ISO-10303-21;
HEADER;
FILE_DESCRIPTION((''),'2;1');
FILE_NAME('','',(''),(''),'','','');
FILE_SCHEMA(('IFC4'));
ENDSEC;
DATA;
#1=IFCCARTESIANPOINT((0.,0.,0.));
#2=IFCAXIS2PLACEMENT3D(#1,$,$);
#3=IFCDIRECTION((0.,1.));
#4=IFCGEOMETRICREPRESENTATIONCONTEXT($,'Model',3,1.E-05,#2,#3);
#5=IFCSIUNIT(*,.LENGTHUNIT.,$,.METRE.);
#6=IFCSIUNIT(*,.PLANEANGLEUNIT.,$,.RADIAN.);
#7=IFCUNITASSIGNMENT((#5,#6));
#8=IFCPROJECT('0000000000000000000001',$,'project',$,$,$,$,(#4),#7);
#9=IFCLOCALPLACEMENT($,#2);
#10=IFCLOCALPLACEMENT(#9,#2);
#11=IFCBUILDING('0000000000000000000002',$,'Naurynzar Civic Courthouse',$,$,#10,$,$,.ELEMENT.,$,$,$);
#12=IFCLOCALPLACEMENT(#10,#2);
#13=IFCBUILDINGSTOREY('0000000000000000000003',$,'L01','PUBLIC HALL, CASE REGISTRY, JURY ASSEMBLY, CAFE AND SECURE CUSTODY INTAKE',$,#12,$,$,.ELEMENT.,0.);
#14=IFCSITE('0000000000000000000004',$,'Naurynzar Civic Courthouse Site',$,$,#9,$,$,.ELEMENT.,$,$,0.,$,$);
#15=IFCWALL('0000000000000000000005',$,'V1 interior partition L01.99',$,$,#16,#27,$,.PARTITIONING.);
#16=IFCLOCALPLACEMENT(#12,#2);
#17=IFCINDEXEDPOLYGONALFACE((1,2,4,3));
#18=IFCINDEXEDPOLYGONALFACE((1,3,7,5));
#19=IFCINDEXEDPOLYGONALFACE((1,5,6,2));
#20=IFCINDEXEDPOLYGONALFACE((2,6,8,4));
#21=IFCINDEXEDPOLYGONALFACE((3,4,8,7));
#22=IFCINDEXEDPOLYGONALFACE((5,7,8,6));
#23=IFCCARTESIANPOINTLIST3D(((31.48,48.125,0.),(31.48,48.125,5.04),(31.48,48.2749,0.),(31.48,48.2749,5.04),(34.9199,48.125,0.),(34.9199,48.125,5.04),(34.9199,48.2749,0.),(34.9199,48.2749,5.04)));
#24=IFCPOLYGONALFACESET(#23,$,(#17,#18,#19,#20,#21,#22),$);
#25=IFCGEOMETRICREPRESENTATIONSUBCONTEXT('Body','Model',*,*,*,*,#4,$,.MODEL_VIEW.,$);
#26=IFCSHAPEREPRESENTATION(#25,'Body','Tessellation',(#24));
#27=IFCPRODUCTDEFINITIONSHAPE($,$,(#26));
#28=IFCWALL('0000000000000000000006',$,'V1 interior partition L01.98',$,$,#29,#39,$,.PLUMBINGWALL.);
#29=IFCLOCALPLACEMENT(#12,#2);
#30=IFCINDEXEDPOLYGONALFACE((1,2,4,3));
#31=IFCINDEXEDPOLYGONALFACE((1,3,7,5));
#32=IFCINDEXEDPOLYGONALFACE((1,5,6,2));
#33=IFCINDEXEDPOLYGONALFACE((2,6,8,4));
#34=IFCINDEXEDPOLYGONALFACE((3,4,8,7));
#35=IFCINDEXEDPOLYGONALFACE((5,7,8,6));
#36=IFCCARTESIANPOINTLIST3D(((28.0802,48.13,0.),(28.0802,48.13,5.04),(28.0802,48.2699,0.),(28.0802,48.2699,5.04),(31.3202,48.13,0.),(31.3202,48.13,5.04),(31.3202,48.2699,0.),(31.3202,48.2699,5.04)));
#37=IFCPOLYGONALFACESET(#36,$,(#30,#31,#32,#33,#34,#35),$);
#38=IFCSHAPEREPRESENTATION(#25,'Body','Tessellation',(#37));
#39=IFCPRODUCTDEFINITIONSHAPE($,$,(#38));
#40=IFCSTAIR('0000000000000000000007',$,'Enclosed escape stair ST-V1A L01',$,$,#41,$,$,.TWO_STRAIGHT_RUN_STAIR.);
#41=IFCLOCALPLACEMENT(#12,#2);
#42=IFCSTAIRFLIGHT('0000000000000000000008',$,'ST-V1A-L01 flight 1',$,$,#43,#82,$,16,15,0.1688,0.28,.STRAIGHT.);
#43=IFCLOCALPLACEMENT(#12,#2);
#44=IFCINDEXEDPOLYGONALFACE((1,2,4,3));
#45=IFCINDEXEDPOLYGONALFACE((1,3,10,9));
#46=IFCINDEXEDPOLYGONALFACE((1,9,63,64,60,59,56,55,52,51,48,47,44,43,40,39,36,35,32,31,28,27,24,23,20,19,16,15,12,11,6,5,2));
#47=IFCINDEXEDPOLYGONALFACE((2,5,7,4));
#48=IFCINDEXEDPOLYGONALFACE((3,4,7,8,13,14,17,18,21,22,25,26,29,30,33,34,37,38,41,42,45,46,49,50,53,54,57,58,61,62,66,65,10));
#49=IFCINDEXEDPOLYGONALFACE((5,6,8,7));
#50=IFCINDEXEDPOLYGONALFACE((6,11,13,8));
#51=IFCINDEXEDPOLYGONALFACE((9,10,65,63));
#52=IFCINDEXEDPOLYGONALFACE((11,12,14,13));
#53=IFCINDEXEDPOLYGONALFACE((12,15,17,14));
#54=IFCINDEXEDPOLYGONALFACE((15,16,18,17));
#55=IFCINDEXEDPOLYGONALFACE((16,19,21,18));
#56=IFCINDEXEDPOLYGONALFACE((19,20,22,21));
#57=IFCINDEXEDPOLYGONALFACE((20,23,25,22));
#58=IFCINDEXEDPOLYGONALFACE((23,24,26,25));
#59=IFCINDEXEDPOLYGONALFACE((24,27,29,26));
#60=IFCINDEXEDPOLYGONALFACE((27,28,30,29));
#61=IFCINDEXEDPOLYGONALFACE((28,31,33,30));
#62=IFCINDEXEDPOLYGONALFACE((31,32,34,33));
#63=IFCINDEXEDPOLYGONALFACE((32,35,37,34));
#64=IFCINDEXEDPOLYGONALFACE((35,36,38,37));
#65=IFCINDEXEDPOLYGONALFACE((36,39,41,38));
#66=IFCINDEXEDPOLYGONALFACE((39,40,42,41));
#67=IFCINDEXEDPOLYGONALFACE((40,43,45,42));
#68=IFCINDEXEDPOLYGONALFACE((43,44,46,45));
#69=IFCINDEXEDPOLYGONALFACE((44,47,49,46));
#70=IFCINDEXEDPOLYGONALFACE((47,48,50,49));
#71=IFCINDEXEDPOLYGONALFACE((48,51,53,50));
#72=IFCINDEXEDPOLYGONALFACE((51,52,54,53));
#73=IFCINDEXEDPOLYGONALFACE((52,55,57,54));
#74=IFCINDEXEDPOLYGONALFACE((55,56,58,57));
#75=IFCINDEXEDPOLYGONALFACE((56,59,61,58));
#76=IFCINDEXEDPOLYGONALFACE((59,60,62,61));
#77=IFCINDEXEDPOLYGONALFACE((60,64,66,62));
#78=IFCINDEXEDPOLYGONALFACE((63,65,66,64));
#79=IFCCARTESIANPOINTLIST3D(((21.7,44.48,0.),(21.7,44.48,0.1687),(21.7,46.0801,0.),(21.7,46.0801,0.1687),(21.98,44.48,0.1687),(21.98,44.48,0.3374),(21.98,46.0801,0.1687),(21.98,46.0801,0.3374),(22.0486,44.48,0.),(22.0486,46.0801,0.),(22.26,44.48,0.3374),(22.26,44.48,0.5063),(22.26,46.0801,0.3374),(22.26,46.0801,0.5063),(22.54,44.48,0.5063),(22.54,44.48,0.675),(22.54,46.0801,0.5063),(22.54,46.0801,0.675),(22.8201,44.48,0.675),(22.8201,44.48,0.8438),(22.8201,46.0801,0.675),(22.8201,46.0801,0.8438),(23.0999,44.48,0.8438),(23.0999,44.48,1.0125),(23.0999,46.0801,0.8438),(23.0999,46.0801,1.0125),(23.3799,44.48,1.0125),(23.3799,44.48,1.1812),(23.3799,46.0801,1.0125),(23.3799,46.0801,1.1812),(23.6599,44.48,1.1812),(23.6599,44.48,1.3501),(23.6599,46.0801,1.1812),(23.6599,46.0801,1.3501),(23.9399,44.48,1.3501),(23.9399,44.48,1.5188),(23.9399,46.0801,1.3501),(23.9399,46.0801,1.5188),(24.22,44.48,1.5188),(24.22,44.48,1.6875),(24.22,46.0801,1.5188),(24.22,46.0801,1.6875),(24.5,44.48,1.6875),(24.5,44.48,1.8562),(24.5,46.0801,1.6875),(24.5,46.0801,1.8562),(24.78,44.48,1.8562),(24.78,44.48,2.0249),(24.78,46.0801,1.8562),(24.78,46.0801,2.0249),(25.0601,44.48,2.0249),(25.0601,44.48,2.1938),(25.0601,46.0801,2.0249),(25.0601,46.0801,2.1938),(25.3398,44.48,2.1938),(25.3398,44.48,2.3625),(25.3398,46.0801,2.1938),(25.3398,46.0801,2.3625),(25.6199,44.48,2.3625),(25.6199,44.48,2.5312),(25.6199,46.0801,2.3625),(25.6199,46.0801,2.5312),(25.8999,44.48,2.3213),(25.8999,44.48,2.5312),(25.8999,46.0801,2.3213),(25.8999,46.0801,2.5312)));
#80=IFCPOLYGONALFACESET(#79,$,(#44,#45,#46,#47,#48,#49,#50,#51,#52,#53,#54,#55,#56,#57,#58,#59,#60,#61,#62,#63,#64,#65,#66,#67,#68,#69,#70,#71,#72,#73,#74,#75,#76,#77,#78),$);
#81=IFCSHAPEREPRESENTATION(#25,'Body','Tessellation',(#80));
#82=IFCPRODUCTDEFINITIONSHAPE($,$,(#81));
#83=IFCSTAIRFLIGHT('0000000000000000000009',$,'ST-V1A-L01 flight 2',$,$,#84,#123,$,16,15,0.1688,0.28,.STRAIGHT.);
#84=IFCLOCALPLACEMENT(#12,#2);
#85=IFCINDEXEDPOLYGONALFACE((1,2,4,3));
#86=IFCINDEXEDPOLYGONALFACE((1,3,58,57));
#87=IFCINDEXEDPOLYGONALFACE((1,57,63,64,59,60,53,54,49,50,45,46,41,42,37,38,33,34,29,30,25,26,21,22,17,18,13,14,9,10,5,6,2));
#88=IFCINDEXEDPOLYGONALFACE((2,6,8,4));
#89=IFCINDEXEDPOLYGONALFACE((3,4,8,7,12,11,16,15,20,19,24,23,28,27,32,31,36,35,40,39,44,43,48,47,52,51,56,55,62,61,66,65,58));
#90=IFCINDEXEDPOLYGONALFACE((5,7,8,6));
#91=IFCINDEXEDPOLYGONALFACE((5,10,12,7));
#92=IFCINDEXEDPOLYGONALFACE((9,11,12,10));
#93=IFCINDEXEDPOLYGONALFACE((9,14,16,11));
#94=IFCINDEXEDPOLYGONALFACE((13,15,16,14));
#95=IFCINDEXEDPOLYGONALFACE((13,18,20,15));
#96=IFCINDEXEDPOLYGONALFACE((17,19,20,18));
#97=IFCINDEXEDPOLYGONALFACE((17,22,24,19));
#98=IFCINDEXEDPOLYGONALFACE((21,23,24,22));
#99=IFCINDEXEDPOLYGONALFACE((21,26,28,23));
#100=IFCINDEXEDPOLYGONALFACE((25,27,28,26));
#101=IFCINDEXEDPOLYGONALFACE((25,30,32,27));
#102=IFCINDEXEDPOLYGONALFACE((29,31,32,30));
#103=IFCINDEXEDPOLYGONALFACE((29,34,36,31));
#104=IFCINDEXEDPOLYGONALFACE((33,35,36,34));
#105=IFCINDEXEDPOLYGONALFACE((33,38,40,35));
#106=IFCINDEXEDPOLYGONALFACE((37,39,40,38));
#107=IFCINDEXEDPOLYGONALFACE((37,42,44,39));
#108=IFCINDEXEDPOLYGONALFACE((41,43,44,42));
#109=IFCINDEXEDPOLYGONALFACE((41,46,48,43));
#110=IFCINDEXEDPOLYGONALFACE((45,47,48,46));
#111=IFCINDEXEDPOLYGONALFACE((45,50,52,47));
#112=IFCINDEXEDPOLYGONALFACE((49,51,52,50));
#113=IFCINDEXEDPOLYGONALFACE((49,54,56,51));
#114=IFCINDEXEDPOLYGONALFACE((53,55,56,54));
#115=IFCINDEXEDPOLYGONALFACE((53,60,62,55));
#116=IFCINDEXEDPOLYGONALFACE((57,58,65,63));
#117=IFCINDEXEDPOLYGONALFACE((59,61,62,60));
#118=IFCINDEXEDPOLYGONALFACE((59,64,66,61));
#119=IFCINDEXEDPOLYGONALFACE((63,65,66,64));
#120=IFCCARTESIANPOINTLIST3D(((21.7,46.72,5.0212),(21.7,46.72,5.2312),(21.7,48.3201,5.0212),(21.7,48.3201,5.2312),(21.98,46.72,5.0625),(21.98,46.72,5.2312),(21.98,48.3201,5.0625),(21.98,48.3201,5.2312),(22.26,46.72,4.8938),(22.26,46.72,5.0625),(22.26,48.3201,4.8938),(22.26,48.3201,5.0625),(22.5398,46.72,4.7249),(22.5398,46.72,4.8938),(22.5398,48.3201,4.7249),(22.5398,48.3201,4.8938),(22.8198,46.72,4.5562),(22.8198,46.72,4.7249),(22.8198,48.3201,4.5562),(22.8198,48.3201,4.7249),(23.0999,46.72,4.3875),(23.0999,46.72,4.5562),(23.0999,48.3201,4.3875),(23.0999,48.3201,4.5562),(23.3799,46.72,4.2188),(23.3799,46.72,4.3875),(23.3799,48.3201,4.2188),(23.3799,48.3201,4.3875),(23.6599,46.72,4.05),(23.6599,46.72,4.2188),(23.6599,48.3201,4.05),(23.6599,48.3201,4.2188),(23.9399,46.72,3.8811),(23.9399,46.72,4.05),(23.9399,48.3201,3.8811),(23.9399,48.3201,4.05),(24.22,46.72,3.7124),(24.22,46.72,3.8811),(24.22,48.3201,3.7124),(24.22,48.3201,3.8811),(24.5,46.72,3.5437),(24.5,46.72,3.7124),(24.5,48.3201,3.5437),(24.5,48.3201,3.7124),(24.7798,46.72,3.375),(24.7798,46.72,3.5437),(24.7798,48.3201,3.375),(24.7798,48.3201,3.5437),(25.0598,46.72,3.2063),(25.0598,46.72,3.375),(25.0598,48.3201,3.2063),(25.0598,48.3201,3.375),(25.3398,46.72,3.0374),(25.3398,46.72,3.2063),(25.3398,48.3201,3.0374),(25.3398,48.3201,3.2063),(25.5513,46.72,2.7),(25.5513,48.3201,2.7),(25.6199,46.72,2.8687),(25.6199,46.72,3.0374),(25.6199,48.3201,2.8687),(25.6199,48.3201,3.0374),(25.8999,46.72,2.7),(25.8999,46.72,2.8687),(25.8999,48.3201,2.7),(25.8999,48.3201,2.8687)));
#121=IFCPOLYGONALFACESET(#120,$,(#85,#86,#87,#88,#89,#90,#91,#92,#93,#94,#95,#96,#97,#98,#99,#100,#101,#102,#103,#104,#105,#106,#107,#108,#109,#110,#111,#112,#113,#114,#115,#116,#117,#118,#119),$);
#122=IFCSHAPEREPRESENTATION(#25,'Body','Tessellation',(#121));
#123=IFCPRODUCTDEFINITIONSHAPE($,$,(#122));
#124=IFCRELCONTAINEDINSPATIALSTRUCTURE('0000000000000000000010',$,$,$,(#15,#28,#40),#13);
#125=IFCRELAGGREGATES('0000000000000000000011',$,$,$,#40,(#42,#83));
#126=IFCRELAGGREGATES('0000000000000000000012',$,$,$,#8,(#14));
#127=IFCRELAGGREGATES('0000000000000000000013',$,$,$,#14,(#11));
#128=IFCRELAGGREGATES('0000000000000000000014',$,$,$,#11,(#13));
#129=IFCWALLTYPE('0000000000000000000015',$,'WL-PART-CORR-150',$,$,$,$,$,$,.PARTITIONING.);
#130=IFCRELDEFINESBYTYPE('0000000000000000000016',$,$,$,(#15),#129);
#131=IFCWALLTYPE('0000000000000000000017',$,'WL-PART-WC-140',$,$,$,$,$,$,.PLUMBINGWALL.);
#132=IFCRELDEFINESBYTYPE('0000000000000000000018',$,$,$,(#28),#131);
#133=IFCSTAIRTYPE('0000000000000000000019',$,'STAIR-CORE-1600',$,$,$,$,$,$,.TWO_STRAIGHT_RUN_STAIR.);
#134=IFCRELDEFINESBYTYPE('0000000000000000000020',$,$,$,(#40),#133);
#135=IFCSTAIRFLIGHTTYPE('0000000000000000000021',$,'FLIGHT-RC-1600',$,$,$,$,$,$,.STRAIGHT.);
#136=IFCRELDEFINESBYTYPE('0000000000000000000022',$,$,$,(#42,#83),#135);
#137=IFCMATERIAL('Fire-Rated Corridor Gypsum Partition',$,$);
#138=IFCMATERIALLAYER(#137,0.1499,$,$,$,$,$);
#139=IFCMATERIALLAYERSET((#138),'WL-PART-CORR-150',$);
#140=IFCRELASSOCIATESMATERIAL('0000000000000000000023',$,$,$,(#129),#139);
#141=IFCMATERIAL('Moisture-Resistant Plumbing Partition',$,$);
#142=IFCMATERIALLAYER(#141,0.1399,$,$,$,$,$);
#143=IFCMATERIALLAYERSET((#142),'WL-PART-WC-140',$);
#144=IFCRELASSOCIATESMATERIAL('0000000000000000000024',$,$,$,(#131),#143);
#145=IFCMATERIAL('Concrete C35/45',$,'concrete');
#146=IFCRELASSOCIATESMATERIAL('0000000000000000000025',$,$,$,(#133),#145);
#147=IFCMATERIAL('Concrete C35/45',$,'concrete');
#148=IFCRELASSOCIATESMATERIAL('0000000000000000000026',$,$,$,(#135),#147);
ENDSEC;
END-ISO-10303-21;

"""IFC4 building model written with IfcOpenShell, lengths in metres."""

from ifc_helpers import new_model, si_unit, direction, frame, frame_2d, origin, place, context, subcontext, project, spatial, polyline, rectangle, outline, extrude, material, layer, layer_set, type_object, element, aggregate, save


model = new_model("IFC4")

# Units and contexts
model_context = context("Model", 3, precision=1e-05, world=origin(), true_north=direction((0.0, 1.0)))
body_context = subcontext(model_context, "Body", "Model", "MODEL_VIEW")
ifc_project = project(units=[si_unit("LENGTHUNIT", "METRE"), si_unit("PLANEANGLEUNIT", "RADIAN")], contexts=[model_context])

# Site, building, storey
site_placement = place(None, origin())
site = spatial("IfcSite", under=ifc_project, at=site_placement, Name="Naurynzar Civic Courthouse Site", CompositionType="ELEMENT", RefElevation=0.0)
building_placement = place(site_placement, origin())
building = spatial("IfcBuilding", under=site, at=building_placement, Name="Naurynzar Civic Courthouse", CompositionType="ELEMENT")
storey_placement = place(building_placement, origin())
storey = spatial("IfcBuildingStorey", under=building, at=storey_placement, Name="L01", Description="PUBLIC HALL, CASE REGISTRY, JURY ASSEMBLY, CAFE AND SECURE CUSTODY INTAKE", CompositionType="ELEMENT", Elevation=0.0)

# Walls
ifc_material_1 = material(Name="Fire-Rated Corridor Gypsum Partition")
ifc_layer_1 = layer(ifc_material_1, 0.1499)
ifc_layer_set_1 = layer_set([ifc_layer_1], Name="WL-PART-CORR-150")
wall_type_1 = type_object("IfcWallType", Name="WL-PART-CORR-150", PredefinedType="PARTITIONING", material=ifc_layer_set_1)
wall_1_placement = place(storey_placement, frame((31.48, 48.2, 0.0), z_axis=(0.0, 0.0, 1.0), x_axis=(1.0, 0.0, 0.0)))
element("IfcWall", 1, at=wall_1_placement, inside=storey, type_object=wall_type_1, Name="V1 interior partition L01.99", PredefinedType="PARTITIONING", context=body_context, shape_type="SweptSolid", body=[
    extrude(rectangle(XDim=3.4399, YDim=0.1499, at=frame_2d((1.72, 0.0))), origin(), (0.0, 0.0, 1.0), 5.04),
])
ifc_material_2 = material(Name="Moisture-Resistant Plumbing Partition")
ifc_layer_2 = layer(ifc_material_2, 0.1399)
ifc_layer_set_2 = layer_set([ifc_layer_2], Name="WL-PART-WC-140")
wall_type_2 = type_object("IfcWallType", Name="WL-PART-WC-140", PredefinedType="PLUMBINGWALL", material=ifc_layer_set_2)
wall_2_placement = place(storey_placement, frame((28.0801, 48.2, 0.0), z_axis=(0.0, 0.0, 1.0), x_axis=(1.0, 0.0, 0.0)))
element("IfcWall", 2, at=wall_2_placement, inside=storey, type_object=wall_type_2, Name="V1 interior partition L01.98", PredefinedType="PLUMBINGWALL", context=body_context, shape_type="SweptSolid", body=[
    extrude(rectangle(XDim=3.24, YDim=0.1399, at=frame_2d((1.6201, 0.0))), origin(), (0.0, 0.0, 1.0), 5.04),
])

# Stair, stair flights
ifc_material_3 = material(Name="Concrete C35/45", Category="concrete")
stair_type = type_object("IfcStairType", Name="STAIR-CORE-1600", PredefinedType="TWO_STRAIGHT_RUN_STAIR", material=ifc_material_3)
stair_placement = place(storey_placement, origin())
stair = element("IfcStair", 3, at=stair_placement, inside=storey, type_object=stair_type, Name="Enclosed escape stair ST-V1A L01", PredefinedType="TWO_STRAIGHT_RUN_STAIR")
ifc_material_4 = material(Name="Concrete C35/45", Category="concrete")
stair_flight_type = type_object("IfcStairFlightType", Name="FLIGHT-RC-1600", PredefinedType="STRAIGHT", material=ifc_material_4)
stair_flight_1_placement = place(storey_placement, frame((21.7, 45.28, 0.0), z_axis=(0.0, 0.0, 1.0), x_axis=(1.0, 0.0, 0.0)))
stair_flight_1 = element("IfcStairFlight", 4, at=stair_flight_1_placement, type_object=stair_flight_type, Name="ST-V1A-L01 flight 1", NumberOfRisers=16, NumberOfTreads=15, PredefinedType="STRAIGHT", RiserHeight=0.1688, TreadLength=0.28, context=body_context, shape_type="SweptSolid", body=[
    extrude(outline(polyline([(0.0, 0.0), (0.0, 0.1687), (0.28, 0.1687), (0.28, 0.3374), (0.5601, 0.3374), (0.5601, 0.5063), (0.8401, 0.5063), (0.8401, 0.675), (1.1201, 0.675), (1.1201, 0.8438), (1.3999, 0.8438), (1.3999, 1.0125), (1.6799, 1.0125), (1.6799, 1.1812), (1.96, 1.1812), (1.96, 1.3501), (2.24, 1.3501), (2.24, 1.5188), (2.52, 1.5188), (2.52, 1.6875), (2.8, 1.6875), (2.8, 1.8562), (3.0801, 1.8562), (3.0801, 2.0249), (3.3601, 2.0249), (3.3601, 2.1938), (3.6399, 2.1938), (3.6399, 2.3625), (3.9199, 2.3625), (3.9199, 2.5312), (4.2, 2.5312), (4.2, 2.7), (4.2, 2.3213), (0.3486, 0.0), (0.0, 0.0)])), frame((0.0, 0.8, 0.0), z_axis=(0.0, -1.0, 0.0), x_axis=(1.0, 0.0, 0.0)), (0.0, 0.0, 1.0), 1.6001),
])
stair_flight_2_placement = place(storey_placement, frame((25.8999, 47.52, 2.7), z_axis=(0.0, 0.0, 1.0), x_axis=(-1.0, 0.0, 0.0)))
stair_flight_2 = element("IfcStairFlight", 5, at=stair_flight_2_placement, type_object=stair_flight_type, Name="ST-V1A-L01 flight 2", NumberOfRisers=16, NumberOfTreads=15, PredefinedType="STRAIGHT", RiserHeight=0.1688, TreadLength=0.28, context=body_context, shape_type="SweptSolid", body=[
    extrude(outline(polyline([(0.0, 0.0), (0.0, 0.1687), (0.28, 0.1687), (0.28, 0.3374), (0.5601, 0.3374), (0.5601, 0.5063), (0.8401, 0.5063), (0.8401, 0.675), (1.1201, 0.675), (1.1201, 0.8438), (1.3999, 0.8438), (1.3999, 1.0125), (1.6799, 1.0125), (1.6799, 1.1812), (1.96, 1.1812), (1.96, 1.3501), (2.24, 1.3501), (2.24, 1.5188), (2.52, 1.5188), (2.52, 1.6875), (2.8, 1.6875), (2.8, 1.8562), (3.0801, 1.8562), (3.0801, 2.0249), (3.3601, 2.0249), (3.3601, 2.1938), (3.6399, 2.1938), (3.6399, 2.3625), (3.9199, 2.3625), (3.9199, 2.5312), (4.2, 2.5312), (4.2, 2.7), (4.2, 2.3213), (0.3486, 0.0), (0.0, 0.0)])), frame((0.0, 0.8, 0.0), z_axis=(0.0, -1.0, 0.0), x_axis=(1.0, 0.0, 0.0)), (0.0, 0.0, 1.0), 1.6001),
])
aggregate(stair, [stair_flight_1, stair_flight_2])

save(model, "model.ifc")
